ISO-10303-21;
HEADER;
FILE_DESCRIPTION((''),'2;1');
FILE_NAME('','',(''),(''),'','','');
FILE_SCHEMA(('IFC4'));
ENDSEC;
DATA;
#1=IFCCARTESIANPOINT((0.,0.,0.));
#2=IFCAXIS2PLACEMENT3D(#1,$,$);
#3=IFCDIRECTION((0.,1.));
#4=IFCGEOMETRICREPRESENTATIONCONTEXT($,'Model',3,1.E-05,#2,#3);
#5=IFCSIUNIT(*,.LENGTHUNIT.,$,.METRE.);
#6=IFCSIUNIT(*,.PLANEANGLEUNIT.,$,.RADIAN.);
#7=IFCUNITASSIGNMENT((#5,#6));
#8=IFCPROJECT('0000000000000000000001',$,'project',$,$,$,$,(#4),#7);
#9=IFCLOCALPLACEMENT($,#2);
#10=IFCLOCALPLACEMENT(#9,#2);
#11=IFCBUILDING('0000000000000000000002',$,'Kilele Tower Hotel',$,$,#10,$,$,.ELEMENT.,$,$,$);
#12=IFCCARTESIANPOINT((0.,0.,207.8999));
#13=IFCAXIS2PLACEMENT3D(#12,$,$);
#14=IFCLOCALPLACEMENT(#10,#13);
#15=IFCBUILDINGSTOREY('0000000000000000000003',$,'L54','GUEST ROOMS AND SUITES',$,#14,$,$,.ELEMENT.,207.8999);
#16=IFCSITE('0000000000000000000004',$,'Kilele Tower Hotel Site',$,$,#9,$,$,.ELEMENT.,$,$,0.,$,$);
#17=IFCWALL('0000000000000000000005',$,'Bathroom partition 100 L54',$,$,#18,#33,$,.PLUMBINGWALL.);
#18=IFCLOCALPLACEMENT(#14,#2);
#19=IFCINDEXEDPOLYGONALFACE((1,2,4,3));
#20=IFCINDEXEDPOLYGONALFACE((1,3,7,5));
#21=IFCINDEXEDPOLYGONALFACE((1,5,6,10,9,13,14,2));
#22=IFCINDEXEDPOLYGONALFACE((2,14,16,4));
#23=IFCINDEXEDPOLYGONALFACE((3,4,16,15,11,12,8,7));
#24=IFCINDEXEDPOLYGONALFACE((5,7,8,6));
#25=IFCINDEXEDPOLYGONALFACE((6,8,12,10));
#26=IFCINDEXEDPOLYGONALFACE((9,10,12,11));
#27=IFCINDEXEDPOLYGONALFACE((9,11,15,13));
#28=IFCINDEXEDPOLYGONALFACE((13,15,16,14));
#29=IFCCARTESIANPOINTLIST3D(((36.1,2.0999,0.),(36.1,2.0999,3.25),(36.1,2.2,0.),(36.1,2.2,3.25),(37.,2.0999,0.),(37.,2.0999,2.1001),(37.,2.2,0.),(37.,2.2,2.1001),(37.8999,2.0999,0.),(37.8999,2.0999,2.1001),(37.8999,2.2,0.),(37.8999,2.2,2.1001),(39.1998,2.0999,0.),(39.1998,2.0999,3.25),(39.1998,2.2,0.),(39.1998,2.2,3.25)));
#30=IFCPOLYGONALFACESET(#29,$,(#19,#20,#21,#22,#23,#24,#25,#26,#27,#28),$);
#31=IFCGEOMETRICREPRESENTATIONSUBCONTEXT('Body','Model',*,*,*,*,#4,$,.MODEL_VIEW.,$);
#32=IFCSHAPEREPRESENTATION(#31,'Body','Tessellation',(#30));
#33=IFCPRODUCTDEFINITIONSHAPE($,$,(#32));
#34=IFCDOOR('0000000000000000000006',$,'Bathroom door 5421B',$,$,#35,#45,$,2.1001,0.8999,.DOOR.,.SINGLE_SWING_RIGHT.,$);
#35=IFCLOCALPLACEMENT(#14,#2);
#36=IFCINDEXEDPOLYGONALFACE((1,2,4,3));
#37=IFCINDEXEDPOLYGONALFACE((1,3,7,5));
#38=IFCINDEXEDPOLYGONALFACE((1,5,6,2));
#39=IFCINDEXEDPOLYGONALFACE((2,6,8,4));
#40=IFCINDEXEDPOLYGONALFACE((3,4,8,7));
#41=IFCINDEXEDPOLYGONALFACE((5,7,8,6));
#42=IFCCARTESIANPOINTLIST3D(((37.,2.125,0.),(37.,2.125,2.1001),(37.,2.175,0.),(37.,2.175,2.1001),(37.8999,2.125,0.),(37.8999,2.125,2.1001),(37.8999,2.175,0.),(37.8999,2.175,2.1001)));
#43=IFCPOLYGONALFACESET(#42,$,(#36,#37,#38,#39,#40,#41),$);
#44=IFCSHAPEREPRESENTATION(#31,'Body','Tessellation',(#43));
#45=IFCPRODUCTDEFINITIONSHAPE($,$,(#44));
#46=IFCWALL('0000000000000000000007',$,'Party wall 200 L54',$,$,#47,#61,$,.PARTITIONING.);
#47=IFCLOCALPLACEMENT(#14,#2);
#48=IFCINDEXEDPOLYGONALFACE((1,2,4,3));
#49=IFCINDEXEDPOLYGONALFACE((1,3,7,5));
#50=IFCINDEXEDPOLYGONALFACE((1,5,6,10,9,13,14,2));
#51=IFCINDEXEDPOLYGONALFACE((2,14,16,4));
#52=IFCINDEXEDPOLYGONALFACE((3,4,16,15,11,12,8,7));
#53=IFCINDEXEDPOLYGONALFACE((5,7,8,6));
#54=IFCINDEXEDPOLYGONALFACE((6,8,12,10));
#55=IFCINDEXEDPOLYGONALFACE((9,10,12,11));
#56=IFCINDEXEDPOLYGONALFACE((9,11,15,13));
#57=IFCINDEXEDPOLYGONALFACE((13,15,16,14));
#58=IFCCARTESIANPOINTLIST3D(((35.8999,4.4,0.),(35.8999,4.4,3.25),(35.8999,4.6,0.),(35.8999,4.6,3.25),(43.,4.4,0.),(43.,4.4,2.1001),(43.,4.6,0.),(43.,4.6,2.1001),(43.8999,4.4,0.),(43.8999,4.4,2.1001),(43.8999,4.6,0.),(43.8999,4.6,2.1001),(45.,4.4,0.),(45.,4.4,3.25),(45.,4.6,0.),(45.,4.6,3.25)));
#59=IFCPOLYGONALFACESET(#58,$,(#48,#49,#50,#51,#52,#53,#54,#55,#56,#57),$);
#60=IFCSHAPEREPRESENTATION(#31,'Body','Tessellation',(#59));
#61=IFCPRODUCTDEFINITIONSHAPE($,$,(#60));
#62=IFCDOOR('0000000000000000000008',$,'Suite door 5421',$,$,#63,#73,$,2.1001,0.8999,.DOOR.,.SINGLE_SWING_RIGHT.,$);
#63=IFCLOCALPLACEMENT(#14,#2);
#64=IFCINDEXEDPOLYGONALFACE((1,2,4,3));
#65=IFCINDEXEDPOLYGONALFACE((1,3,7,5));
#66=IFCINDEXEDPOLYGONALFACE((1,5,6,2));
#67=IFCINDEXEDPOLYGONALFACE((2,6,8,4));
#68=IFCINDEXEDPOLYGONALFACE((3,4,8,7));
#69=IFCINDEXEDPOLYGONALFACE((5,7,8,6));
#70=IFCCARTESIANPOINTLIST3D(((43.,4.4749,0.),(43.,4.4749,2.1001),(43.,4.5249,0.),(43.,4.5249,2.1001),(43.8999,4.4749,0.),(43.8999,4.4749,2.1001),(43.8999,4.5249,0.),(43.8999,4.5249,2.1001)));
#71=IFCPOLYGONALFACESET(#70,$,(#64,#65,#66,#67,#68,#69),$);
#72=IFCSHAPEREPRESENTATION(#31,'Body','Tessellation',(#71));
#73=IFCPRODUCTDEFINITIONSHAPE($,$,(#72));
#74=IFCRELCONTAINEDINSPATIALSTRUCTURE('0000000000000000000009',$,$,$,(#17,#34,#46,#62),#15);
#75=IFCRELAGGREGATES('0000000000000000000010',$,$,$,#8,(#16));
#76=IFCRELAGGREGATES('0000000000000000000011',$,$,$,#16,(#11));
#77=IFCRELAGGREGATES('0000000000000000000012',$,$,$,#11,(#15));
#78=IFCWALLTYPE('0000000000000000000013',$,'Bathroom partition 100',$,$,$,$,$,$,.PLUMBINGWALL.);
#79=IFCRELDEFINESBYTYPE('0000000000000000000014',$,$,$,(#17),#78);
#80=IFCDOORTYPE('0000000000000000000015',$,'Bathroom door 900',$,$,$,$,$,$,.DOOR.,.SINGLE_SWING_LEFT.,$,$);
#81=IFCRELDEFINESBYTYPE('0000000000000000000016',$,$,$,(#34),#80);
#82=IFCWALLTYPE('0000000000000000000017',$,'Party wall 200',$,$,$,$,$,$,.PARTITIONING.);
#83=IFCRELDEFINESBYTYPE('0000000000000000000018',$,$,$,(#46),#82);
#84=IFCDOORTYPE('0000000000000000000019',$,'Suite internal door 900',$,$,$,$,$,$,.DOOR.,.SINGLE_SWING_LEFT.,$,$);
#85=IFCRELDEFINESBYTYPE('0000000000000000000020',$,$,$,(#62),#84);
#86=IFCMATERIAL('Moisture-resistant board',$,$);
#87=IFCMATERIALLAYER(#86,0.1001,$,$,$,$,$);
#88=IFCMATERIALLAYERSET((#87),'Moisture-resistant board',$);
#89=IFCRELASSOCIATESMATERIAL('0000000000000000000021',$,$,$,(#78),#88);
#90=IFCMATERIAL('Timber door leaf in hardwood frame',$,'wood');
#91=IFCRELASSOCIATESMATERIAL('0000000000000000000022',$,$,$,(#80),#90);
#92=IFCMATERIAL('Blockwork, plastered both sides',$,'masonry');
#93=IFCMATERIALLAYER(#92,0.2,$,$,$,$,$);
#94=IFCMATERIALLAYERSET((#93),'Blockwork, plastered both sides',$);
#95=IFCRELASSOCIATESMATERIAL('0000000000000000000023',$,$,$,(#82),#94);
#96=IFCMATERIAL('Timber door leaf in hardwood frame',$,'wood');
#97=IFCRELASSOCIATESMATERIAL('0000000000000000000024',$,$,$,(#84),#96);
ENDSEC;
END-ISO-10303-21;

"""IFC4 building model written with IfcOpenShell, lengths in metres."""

from ifc_helpers import new_model, si_unit, direction, frame, frame_2d, origin, place, context, subcontext, project, spatial, rectangle, extrude, material, layer, layer_set, type_object, element, fill, save


model = new_model("IFC4")

# Units and contexts
model_context = context("Model", 3, precision=1e-05, world=origin(), true_north=direction((0.0, 1.0)))
body_context = subcontext(model_context, "Body", "Model", "MODEL_VIEW")
ifc_project = project(units=[si_unit("LENGTHUNIT", "METRE"), si_unit("PLANEANGLEUNIT", "RADIAN")], contexts=[model_context])

# Site, building, storey
site_placement = place(None, origin())
site = spatial("IfcSite", under=ifc_project, at=site_placement, Name="Kilele Tower Hotel Site", CompositionType="ELEMENT", RefElevation=0.0)
building_placement = place(site_placement, origin())
building = spatial("IfcBuilding", under=site, at=building_placement, Name="Kilele Tower Hotel", CompositionType="ELEMENT")
storey_placement = place(building_placement, frame((0.0, 0.0, 207.8999)))
storey = spatial("IfcBuildingStorey", under=building, at=storey_placement, Name="L54", Description="GUEST ROOMS AND SUITES", CompositionType="ELEMENT", Elevation=207.8999)

# Shared definitions
ifc_material_1 = material(Name="Moisture-resistant board")
ifc_layer_1 = layer(ifc_material_1, 0.1001)
ifc_layer_set_1 = layer_set([ifc_layer_1], Name="Moisture-resistant board")
wall_type_1 = type_object("IfcWallType", Name="Bathroom partition 100", PredefinedType="PLUMBINGWALL", material=ifc_layer_set_1)

# Walls, openings, doors
ifc_material_2 = material(Name="Timber door leaf in hardwood frame", Category="wood")
door_type_1 = type_object("IfcDoorType", Name="Bathroom door 900", OperationType="SINGLE_SWING_LEFT", PredefinedType="DOOR", material=ifc_material_2)
wall_1_placement = place(storey_placement, frame((36.1001, 2.1499, 0.0), z_axis=(0.0, 0.0, 1.0), x_axis=(1.0, 0.0, 0.0)))
wall_1 = element("IfcWall", 1, at=wall_1_placement, inside=storey, type_object=wall_type_1, Name="Bathroom partition 100 L54", PredefinedType="PLUMBINGWALL", context=body_context, shape_type="SweptSolid", body=[
    extrude(rectangle(XDim=3.0999, YDim=0.1001, at=frame_2d((1.5498, 0.0))), origin(), (0.0, 0.0, 1.0), 3.25),
])
opening_1_placement = place(wall_1_placement, frame((1.7998, 0.0, 0.0), z_axis=(0.0, 0.0, 1.0), x_axis=(-1.0, 0.0, 0.0)))
opening_1 = element("IfcOpeningElement", 2, at=opening_1_placement, cuts=wall_1, PredefinedType="OPENING", context=body_context, shape_type="SweptSolid", body=[
    extrude(rectangle(XDim=0.8999, YDim=2.1001, at=frame_2d((0.45, 1.05))), frame((0.0, 0.0601, 0.0), z_axis=(0.0, -1.0, 0.0), x_axis=(1.0, 0.0, 0.0)), (0.0, 0.0, 1.0), 0.1201),
])
door_1_placement = place(opening_1_placement, origin())
door_1 = element("IfcDoor", 3, at=door_1_placement, inside=storey, type_object=door_type_1, Name="Bathroom door 5421B", OperationType="SINGLE_SWING_RIGHT", OverallHeight=2.1001, OverallWidth=0.8999, PredefinedType="DOOR", context=body_context, shape_type="SweptSolid", body=[
    extrude(rectangle(XDim=0.8999, YDim=2.1001, at=frame_2d((0.45, 1.05))), frame((0.0, 0.0249, 0.0), z_axis=(0.0, -1.0, 0.0), x_axis=(1.0, 0.0, 0.0)), (0.0, 0.0, 1.0), 0.05),
])
fill(opening_1, door_1)
ifc_material_3 = material(Name="Blockwork, plastered both sides", Category="masonry")
ifc_layer_2 = layer(ifc_material_3, 0.2)
ifc_layer_set_2 = layer_set([ifc_layer_2], Name="Blockwork, plastered both sides")
wall_type_2 = type_object("IfcWallType", Name="Party wall 200", PredefinedType="PARTITIONING", material=ifc_layer_set_2)
wall_2_placement = place(storey_placement, frame((35.8999, 4.5, 0.0), z_axis=(0.0, 0.0, 1.0), x_axis=(1.0, 0.0, 0.0)))
wall_2 = element("IfcWall", 4, at=wall_2_placement, inside=storey, type_object=wall_type_2, Name="Party wall 200 L54", PredefinedType="PARTITIONING", context=body_context, shape_type="SweptSolid", body=[
    extrude(rectangle(XDim=9.1001, YDim=0.2, at=frame_2d((4.55, 0.0))), origin(), (0.0, 0.0, 1.0), 3.25),
])
opening_2_placement = place(wall_2_placement, frame((7.1001, 0.0, 0.0)))
opening_2 = element("IfcOpeningElement", 5, at=opening_2_placement, cuts=wall_2, PredefinedType="OPENING", context=body_context, shape_type="SweptSolid", body=[
    extrude(rectangle(XDim=0.8999, YDim=2.1001, at=frame_2d((0.45, 1.05))), frame((0.0, 0.1099, 0.0), z_axis=(0.0, -1.0, 0.0), x_axis=(1.0, 0.0, 0.0)), (0.0, 0.0, 1.0), 0.22),
])
ifc_material_4 = material(Name="Timber door leaf in hardwood frame", Category="wood")
door_type_2 = type_object("IfcDoorType", Name="Suite internal door 900", OperationType="SINGLE_SWING_LEFT", PredefinedType="DOOR", material=ifc_material_4)
door_2_placement = place(opening_2_placement, origin())
door_2 = element("IfcDoor", 6, at=door_2_placement, inside=storey, type_object=door_type_2, Name="Suite door 5421", OperationType="SINGLE_SWING_RIGHT", OverallHeight=2.1001, OverallWidth=0.8999, PredefinedType="DOOR", context=body_context, shape_type="SweptSolid", body=[
    extrude(rectangle(XDim=0.8999, YDim=2.1001, at=frame_2d((0.45, 1.05))), frame((0.0, 0.0249, 0.0), z_axis=(0.0, -1.0, 0.0), x_axis=(1.0, 0.0, 0.0)), (0.0, 0.0, 1.0), 0.05),
])
fill(opening_2, door_2)

save(model, "model.ifc")
